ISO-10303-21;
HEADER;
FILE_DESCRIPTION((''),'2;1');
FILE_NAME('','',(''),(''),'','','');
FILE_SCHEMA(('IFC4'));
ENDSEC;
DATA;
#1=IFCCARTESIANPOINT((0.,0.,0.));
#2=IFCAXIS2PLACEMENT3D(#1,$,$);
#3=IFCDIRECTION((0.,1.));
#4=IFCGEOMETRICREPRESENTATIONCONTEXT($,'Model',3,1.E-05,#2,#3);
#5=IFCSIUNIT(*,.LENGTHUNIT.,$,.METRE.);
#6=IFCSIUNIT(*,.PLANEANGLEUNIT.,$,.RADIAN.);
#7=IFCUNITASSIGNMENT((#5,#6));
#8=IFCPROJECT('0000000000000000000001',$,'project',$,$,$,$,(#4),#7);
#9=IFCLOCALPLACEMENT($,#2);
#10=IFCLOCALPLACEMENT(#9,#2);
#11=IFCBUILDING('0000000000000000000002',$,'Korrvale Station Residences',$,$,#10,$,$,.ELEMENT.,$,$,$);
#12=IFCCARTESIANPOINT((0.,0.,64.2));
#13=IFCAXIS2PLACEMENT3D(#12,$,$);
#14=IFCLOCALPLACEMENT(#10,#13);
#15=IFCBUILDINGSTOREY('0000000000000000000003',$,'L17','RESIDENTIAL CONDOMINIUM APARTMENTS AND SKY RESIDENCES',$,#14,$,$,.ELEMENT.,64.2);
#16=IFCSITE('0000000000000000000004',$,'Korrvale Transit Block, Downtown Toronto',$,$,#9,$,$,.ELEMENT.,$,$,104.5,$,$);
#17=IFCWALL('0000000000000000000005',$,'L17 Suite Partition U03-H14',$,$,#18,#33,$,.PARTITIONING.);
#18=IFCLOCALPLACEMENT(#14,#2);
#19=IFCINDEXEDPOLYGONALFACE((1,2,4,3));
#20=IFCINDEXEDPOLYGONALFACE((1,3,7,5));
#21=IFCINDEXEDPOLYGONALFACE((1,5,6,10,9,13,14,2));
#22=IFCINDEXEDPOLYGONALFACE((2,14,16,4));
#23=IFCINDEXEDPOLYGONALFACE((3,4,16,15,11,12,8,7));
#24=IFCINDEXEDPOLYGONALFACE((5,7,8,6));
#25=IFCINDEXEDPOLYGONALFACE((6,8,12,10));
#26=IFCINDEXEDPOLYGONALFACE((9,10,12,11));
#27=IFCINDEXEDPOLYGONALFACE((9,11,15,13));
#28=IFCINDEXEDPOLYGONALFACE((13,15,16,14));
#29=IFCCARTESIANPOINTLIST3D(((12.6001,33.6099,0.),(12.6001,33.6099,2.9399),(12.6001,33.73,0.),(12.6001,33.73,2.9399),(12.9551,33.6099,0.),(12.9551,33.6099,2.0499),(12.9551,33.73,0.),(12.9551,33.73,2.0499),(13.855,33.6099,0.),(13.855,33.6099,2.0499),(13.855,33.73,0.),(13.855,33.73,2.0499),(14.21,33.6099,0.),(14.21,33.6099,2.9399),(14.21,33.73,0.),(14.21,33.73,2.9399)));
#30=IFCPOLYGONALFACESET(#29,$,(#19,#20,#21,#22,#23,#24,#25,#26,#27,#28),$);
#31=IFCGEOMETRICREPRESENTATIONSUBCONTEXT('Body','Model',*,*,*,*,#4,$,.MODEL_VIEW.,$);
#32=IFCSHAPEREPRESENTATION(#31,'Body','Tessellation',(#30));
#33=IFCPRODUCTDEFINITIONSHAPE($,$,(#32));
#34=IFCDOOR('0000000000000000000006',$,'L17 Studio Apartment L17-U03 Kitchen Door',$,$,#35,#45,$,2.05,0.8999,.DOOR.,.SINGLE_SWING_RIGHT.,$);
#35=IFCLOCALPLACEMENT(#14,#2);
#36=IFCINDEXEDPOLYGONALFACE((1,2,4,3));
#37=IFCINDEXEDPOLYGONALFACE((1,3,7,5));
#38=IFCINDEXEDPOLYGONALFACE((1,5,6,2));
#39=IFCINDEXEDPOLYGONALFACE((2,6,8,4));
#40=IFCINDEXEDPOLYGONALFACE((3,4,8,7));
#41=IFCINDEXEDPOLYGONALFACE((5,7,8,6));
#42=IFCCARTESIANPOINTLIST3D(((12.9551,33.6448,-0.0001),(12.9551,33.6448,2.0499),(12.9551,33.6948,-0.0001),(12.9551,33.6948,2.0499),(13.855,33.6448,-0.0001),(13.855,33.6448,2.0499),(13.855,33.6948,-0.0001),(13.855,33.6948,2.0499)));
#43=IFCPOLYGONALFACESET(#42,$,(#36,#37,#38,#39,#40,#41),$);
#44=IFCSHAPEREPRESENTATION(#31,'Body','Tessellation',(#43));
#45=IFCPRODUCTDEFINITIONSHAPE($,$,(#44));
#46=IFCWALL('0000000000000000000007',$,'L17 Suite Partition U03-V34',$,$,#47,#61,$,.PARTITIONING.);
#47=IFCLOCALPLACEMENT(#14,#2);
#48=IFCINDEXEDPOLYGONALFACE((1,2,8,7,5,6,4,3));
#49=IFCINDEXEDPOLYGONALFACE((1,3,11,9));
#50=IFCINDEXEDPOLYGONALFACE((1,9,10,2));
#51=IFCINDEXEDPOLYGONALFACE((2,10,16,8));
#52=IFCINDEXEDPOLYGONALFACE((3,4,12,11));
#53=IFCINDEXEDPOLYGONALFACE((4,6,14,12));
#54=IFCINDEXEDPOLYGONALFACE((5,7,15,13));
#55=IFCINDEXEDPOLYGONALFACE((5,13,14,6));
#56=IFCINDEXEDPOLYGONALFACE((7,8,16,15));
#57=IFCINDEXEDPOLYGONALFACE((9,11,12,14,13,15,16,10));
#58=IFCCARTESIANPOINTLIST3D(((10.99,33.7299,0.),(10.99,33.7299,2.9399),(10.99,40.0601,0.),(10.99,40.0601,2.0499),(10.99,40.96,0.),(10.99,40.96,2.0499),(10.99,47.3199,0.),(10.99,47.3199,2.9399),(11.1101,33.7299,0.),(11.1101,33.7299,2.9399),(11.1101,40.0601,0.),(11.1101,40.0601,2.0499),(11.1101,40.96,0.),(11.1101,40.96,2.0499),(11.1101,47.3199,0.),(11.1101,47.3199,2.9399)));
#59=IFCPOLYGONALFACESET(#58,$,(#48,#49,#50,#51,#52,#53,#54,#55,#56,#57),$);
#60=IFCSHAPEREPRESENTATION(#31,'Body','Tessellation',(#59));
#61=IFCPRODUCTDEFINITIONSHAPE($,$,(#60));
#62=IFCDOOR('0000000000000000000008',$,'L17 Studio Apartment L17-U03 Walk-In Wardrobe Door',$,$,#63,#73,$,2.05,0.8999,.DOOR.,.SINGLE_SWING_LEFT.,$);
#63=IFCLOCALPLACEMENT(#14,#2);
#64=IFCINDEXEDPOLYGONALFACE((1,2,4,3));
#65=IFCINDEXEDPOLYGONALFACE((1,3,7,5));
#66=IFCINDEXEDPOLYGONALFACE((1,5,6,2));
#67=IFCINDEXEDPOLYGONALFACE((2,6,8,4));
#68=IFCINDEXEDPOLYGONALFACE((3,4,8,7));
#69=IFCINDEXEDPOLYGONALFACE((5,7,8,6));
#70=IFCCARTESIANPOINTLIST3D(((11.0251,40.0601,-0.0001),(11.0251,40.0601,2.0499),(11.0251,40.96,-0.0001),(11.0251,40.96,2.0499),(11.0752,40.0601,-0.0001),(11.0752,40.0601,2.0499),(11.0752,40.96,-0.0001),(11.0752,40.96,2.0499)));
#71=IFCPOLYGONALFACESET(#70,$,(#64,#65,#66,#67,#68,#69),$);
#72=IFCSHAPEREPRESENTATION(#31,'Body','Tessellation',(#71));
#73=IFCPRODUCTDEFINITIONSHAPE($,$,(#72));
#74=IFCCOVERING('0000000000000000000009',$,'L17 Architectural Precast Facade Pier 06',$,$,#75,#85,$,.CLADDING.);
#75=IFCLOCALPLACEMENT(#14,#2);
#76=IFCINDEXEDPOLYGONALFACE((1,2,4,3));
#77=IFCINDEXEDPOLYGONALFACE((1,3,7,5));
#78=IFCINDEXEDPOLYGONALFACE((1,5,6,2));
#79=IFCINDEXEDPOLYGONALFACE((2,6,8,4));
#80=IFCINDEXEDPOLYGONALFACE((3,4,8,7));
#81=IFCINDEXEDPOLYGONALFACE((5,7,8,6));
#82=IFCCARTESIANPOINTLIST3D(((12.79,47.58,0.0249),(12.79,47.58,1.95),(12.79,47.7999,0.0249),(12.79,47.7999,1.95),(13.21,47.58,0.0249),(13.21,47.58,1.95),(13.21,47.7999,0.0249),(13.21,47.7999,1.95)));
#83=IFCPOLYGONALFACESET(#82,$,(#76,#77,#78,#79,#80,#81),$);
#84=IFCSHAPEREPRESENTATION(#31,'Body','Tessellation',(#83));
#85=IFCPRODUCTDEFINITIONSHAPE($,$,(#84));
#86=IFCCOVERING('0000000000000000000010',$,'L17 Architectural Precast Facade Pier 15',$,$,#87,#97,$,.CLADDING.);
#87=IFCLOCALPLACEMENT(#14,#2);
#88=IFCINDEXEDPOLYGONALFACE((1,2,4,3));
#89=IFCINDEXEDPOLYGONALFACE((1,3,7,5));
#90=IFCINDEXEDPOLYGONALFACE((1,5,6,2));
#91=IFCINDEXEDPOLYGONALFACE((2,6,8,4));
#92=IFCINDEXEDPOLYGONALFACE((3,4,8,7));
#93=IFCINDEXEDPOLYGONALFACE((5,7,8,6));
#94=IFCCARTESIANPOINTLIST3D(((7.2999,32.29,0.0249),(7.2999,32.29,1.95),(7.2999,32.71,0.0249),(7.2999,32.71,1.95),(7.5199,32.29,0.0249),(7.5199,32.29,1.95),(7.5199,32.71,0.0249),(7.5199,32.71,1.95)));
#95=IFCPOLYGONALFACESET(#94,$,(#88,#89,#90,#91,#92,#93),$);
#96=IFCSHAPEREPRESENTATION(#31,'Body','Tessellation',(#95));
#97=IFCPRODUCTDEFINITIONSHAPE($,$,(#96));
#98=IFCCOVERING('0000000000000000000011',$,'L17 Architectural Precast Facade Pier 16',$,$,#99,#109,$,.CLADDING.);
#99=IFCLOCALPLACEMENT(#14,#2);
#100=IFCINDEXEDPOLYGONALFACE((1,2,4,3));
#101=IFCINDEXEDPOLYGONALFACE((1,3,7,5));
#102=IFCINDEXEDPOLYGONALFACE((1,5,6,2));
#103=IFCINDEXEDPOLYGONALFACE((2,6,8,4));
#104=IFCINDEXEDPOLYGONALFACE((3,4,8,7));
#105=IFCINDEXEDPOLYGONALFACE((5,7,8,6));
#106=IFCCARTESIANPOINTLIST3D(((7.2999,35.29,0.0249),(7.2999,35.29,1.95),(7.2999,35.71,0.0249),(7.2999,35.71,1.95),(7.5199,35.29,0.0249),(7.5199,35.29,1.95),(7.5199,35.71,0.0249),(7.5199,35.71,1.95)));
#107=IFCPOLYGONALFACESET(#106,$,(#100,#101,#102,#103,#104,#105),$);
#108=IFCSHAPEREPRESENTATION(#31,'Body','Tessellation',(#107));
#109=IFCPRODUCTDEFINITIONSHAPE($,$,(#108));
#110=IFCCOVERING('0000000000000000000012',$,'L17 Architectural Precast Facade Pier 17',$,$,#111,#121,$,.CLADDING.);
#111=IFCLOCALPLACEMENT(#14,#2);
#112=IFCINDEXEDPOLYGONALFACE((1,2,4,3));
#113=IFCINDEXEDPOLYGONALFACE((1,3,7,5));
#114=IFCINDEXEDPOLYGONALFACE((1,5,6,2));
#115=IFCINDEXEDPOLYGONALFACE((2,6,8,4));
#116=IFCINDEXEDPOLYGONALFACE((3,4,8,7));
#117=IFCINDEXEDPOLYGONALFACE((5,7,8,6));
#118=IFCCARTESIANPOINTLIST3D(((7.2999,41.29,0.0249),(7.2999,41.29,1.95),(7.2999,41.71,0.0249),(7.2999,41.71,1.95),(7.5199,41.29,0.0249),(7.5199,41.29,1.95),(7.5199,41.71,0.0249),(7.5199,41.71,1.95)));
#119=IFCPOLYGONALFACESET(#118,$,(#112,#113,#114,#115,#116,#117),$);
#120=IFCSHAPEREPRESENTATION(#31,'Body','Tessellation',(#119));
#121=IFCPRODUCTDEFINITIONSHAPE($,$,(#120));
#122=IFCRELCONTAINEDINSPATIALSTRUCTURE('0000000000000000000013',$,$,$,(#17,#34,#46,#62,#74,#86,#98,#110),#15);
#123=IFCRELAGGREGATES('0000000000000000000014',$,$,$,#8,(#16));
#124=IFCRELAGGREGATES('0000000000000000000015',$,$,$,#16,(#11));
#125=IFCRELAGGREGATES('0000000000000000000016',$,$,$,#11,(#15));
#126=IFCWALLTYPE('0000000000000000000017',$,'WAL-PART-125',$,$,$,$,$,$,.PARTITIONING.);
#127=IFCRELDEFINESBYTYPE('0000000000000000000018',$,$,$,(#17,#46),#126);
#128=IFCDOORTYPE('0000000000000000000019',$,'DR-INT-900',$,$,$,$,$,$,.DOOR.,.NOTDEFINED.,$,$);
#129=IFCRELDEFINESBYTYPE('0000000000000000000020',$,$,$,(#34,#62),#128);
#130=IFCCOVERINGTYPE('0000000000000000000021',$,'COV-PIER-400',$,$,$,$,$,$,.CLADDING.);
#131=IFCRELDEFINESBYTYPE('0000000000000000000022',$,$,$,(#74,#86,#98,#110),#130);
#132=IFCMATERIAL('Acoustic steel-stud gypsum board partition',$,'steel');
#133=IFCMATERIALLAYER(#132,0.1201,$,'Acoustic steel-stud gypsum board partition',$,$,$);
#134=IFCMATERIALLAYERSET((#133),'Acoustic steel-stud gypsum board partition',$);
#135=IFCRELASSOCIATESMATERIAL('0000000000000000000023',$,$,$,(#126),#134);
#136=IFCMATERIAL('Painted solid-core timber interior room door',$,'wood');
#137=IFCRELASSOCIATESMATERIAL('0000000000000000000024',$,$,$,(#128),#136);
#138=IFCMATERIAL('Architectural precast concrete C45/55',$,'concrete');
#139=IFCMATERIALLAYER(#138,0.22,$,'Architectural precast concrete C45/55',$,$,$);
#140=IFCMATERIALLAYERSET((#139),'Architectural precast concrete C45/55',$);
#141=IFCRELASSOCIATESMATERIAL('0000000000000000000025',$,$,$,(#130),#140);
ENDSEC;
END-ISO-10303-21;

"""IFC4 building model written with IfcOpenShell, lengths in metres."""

from ifc_helpers import new_model, si_unit, direction, frame, frame_2d, origin, origin_2d, place, context, subcontext, project, spatial, rectangle, extrude, material, layer, layer_set, type_object, element, fill, save


model = new_model("IFC4")

# Units and contexts
model_context = context("Model", 3, precision=1e-05, world=origin(), true_north=direction((0.0, 1.0)))
body_context = subcontext(model_context, "Body", "Model", "MODEL_VIEW")
ifc_project = project(units=[si_unit("LENGTHUNIT", "METRE"), si_unit("PLANEANGLEUNIT", "RADIAN")], contexts=[model_context])

# Site, building, storey
site_placement = place(None, origin())
site = spatial("IfcSite", under=ifc_project, at=site_placement, Name="Korrvale Transit Block, Downtown Toronto", CompositionType="ELEMENT", RefElevation=104.5)
building_placement = place(site_placement, origin())
building = spatial("IfcBuilding", under=site, at=building_placement, Name="Korrvale Station Residences", CompositionType="ELEMENT")
storey_placement = place(building_placement, frame((0.0, 0.0, 64.2)))
storey = spatial("IfcBuildingStorey", under=building, at=storey_placement, Name="L17", Description="RESIDENTIAL CONDOMINIUM APARTMENTS AND SKY RESIDENCES", CompositionType="ELEMENT", Elevation=64.2)

# Shared definitions
ifc_material_1 = material(Name="Acoustic steel-stud gypsum board partition", Category="steel")
ifc_layer_1 = layer(ifc_material_1, 0.1201, Name="Acoustic steel-stud gypsum board partition")
ifc_layer_set_1 = layer_set([ifc_layer_1], Name="Acoustic steel-stud gypsum board partition")
wall_type_1 = type_object("IfcWallType", Name="WAL-PART-125", PredefinedType="PARTITIONING", material=ifc_layer_set_1)

# Walls, openings, doors
wall_1_placement = place(storey_placement, frame((12.6001, 33.6699, 0.0), z_axis=(0.0, 0.0, 1.0), x_axis=(1.0, 0.0, 0.0)))
wall_1 = element("IfcWall", 1, at=wall_1_placement, inside=storey, type_object=wall_type_1, Name="L17 Suite Partition U03-H14", PredefinedType="PARTITIONING", context=body_context, shape_type="SweptSolid", body=[
    extrude(rectangle(XDim=1.6099, YDim=0.1201, at=frame_2d((0.8049, 0.0))), origin(), (0.0, 0.0, 1.0), 2.9399),
])
opening_1_placement = place(wall_1_placement, frame((0.355, 0.0, 0.0)))
opening_1 = element("IfcOpeningElement", 2, at=opening_1_placement, cuts=wall_1, PredefinedType="OPENING", context=body_context, shape_type="SweptSolid", body=[
    extrude(rectangle(XDim=0.8999, YDim=2.05, at=frame_2d((0.45, 1.0249))), frame((0.0, 0.0701, 0.0), z_axis=(0.0, -1.0, 0.0), x_axis=(1.0, 0.0, 0.0)), (0.0, 0.0, 1.0), 0.1401),
])
ifc_material_2 = material(Name="Painted solid-core timber interior room door", Category="wood")
door_type = type_object("IfcDoorType", Name="DR-INT-900", OperationType="NOTDEFINED", PredefinedType="DOOR", material=ifc_material_2)
door_1_placement = place(opening_1_placement, origin())
door_1 = element("IfcDoor", 3, at=door_1_placement, inside=storey, type_object=door_type, Name="L17 Studio Apartment L17-U03 Kitchen Door", OperationType="SINGLE_SWING_RIGHT", OverallHeight=2.05, OverallWidth=0.8999, PredefinedType="DOOR", context=body_context, shape_type="SweptSolid", body=[
    extrude(rectangle(XDim=0.8999, YDim=2.05, at=frame_2d((0.45, 1.0249))), frame((0.0, 0.0249, 0.0), z_axis=(0.0, -1.0, 0.0), x_axis=(1.0, 0.0, 0.0)), (0.0, 0.0, 1.0), 0.05),
])
fill(opening_1, door_1)
wall_2_placement = place(storey_placement, frame((11.05, 33.73, 0.0), z_axis=(0.0, 0.0, 1.0), x_axis=(0.0, 1.0, 0.0)))
wall_2 = element("IfcWall", 4, at=wall_2_placement, inside=storey, type_object=wall_type_1, Name="L17 Suite Partition U03-V34", PredefinedType="PARTITIONING", context=body_context, shape_type="SweptSolid", body=[
    extrude(rectangle(XDim=13.5901, YDim=0.1201, at=frame_2d((6.7949, 0.0))), origin(), (0.0, 0.0, 1.0), 2.9399),
])
opening_2_placement = place(wall_2_placement, frame((6.3301, 0.0, 0.0)))
opening_2 = element("IfcOpeningElement", 5, at=opening_2_placement, cuts=wall_2, PredefinedType="OPENING", context=body_context, shape_type="SweptSolid", body=[
    extrude(rectangle(XDim=0.8999, YDim=2.05, at=frame_2d((0.45, 1.0249))), frame((0.0, 0.0701, 0.0), z_axis=(0.0, -1.0, 0.0), x_axis=(1.0, 0.0, 0.0)), (0.0, 0.0, 1.0), 0.1401),
])
door_2_placement = place(opening_2_placement, origin())
door_2 = element("IfcDoor", 6, at=door_2_placement, inside=storey, type_object=door_type, Name="L17 Studio Apartment L17-U03 Walk-In Wardrobe Door", OperationType="SINGLE_SWING_LEFT", OverallHeight=2.05, OverallWidth=0.8999, PredefinedType="DOOR", context=body_context, shape_type="SweptSolid", body=[
    extrude(rectangle(XDim=0.8999, YDim=2.05, at=frame_2d((0.45, 1.0249))), frame((0.0, 0.0249, 0.0), z_axis=(0.0, -1.0, 0.0), x_axis=(1.0, 0.0, 0.0)), (0.0, 0.0, 1.0), 0.05),
])
fill(opening_2, door_2)

# Coverings
ifc_material_3 = material(Name="Architectural precast concrete C45/55", Category="concrete")
ifc_layer_2 = layer(ifc_material_3, 0.22, Name="Architectural precast concrete C45/55")
ifc_layer_set_2 = layer_set([ifc_layer_2], Name="Architectural precast concrete C45/55")
covering_type = type_object("IfcCoveringType", Name="COV-PIER-400", PredefinedType="CLADDING", material=ifc_layer_set_2)
for number, where, z_axis, x_axis, name in (
    (7, (13.0, 47.6899, 0.0249), (0.0, 0.0, 1.0), (1.0, 0.0, 0.0), "L17 Architectural Precast Facade Pier 06"),
    (8, (7.4099, 32.5, 0.0249), (0.0, 0.0, 1.0), (0.0, 1.0, 0.0), "L17 Architectural Precast Facade Pier 15"),
    (9, (7.4099, 35.5, 0.0249), (0.0, 0.0, 1.0), (0.0, 1.0, 0.0), "L17 Architectural Precast Facade Pier 16"),
    (10, (7.4099, 41.5, 0.0249), (0.0, 0.0, 1.0), (0.0, 1.0, 0.0), "L17 Architectural Precast Facade Pier 17"),
):
    element("IfcCovering", number, at=place(storey_placement, frame(where, z_axis=z_axis, x_axis=x_axis)), inside=storey, type_object=covering_type, Name=name, PredefinedType="CLADDING", context=body_context, shape_type="SweptSolid", body=[
        extrude(rectangle(XDim=0.4199, YDim=0.22, at=origin_2d()), origin(), (0.0, 0.0, 1.0), 1.925),
    ])

save(model, "model.ifc")
